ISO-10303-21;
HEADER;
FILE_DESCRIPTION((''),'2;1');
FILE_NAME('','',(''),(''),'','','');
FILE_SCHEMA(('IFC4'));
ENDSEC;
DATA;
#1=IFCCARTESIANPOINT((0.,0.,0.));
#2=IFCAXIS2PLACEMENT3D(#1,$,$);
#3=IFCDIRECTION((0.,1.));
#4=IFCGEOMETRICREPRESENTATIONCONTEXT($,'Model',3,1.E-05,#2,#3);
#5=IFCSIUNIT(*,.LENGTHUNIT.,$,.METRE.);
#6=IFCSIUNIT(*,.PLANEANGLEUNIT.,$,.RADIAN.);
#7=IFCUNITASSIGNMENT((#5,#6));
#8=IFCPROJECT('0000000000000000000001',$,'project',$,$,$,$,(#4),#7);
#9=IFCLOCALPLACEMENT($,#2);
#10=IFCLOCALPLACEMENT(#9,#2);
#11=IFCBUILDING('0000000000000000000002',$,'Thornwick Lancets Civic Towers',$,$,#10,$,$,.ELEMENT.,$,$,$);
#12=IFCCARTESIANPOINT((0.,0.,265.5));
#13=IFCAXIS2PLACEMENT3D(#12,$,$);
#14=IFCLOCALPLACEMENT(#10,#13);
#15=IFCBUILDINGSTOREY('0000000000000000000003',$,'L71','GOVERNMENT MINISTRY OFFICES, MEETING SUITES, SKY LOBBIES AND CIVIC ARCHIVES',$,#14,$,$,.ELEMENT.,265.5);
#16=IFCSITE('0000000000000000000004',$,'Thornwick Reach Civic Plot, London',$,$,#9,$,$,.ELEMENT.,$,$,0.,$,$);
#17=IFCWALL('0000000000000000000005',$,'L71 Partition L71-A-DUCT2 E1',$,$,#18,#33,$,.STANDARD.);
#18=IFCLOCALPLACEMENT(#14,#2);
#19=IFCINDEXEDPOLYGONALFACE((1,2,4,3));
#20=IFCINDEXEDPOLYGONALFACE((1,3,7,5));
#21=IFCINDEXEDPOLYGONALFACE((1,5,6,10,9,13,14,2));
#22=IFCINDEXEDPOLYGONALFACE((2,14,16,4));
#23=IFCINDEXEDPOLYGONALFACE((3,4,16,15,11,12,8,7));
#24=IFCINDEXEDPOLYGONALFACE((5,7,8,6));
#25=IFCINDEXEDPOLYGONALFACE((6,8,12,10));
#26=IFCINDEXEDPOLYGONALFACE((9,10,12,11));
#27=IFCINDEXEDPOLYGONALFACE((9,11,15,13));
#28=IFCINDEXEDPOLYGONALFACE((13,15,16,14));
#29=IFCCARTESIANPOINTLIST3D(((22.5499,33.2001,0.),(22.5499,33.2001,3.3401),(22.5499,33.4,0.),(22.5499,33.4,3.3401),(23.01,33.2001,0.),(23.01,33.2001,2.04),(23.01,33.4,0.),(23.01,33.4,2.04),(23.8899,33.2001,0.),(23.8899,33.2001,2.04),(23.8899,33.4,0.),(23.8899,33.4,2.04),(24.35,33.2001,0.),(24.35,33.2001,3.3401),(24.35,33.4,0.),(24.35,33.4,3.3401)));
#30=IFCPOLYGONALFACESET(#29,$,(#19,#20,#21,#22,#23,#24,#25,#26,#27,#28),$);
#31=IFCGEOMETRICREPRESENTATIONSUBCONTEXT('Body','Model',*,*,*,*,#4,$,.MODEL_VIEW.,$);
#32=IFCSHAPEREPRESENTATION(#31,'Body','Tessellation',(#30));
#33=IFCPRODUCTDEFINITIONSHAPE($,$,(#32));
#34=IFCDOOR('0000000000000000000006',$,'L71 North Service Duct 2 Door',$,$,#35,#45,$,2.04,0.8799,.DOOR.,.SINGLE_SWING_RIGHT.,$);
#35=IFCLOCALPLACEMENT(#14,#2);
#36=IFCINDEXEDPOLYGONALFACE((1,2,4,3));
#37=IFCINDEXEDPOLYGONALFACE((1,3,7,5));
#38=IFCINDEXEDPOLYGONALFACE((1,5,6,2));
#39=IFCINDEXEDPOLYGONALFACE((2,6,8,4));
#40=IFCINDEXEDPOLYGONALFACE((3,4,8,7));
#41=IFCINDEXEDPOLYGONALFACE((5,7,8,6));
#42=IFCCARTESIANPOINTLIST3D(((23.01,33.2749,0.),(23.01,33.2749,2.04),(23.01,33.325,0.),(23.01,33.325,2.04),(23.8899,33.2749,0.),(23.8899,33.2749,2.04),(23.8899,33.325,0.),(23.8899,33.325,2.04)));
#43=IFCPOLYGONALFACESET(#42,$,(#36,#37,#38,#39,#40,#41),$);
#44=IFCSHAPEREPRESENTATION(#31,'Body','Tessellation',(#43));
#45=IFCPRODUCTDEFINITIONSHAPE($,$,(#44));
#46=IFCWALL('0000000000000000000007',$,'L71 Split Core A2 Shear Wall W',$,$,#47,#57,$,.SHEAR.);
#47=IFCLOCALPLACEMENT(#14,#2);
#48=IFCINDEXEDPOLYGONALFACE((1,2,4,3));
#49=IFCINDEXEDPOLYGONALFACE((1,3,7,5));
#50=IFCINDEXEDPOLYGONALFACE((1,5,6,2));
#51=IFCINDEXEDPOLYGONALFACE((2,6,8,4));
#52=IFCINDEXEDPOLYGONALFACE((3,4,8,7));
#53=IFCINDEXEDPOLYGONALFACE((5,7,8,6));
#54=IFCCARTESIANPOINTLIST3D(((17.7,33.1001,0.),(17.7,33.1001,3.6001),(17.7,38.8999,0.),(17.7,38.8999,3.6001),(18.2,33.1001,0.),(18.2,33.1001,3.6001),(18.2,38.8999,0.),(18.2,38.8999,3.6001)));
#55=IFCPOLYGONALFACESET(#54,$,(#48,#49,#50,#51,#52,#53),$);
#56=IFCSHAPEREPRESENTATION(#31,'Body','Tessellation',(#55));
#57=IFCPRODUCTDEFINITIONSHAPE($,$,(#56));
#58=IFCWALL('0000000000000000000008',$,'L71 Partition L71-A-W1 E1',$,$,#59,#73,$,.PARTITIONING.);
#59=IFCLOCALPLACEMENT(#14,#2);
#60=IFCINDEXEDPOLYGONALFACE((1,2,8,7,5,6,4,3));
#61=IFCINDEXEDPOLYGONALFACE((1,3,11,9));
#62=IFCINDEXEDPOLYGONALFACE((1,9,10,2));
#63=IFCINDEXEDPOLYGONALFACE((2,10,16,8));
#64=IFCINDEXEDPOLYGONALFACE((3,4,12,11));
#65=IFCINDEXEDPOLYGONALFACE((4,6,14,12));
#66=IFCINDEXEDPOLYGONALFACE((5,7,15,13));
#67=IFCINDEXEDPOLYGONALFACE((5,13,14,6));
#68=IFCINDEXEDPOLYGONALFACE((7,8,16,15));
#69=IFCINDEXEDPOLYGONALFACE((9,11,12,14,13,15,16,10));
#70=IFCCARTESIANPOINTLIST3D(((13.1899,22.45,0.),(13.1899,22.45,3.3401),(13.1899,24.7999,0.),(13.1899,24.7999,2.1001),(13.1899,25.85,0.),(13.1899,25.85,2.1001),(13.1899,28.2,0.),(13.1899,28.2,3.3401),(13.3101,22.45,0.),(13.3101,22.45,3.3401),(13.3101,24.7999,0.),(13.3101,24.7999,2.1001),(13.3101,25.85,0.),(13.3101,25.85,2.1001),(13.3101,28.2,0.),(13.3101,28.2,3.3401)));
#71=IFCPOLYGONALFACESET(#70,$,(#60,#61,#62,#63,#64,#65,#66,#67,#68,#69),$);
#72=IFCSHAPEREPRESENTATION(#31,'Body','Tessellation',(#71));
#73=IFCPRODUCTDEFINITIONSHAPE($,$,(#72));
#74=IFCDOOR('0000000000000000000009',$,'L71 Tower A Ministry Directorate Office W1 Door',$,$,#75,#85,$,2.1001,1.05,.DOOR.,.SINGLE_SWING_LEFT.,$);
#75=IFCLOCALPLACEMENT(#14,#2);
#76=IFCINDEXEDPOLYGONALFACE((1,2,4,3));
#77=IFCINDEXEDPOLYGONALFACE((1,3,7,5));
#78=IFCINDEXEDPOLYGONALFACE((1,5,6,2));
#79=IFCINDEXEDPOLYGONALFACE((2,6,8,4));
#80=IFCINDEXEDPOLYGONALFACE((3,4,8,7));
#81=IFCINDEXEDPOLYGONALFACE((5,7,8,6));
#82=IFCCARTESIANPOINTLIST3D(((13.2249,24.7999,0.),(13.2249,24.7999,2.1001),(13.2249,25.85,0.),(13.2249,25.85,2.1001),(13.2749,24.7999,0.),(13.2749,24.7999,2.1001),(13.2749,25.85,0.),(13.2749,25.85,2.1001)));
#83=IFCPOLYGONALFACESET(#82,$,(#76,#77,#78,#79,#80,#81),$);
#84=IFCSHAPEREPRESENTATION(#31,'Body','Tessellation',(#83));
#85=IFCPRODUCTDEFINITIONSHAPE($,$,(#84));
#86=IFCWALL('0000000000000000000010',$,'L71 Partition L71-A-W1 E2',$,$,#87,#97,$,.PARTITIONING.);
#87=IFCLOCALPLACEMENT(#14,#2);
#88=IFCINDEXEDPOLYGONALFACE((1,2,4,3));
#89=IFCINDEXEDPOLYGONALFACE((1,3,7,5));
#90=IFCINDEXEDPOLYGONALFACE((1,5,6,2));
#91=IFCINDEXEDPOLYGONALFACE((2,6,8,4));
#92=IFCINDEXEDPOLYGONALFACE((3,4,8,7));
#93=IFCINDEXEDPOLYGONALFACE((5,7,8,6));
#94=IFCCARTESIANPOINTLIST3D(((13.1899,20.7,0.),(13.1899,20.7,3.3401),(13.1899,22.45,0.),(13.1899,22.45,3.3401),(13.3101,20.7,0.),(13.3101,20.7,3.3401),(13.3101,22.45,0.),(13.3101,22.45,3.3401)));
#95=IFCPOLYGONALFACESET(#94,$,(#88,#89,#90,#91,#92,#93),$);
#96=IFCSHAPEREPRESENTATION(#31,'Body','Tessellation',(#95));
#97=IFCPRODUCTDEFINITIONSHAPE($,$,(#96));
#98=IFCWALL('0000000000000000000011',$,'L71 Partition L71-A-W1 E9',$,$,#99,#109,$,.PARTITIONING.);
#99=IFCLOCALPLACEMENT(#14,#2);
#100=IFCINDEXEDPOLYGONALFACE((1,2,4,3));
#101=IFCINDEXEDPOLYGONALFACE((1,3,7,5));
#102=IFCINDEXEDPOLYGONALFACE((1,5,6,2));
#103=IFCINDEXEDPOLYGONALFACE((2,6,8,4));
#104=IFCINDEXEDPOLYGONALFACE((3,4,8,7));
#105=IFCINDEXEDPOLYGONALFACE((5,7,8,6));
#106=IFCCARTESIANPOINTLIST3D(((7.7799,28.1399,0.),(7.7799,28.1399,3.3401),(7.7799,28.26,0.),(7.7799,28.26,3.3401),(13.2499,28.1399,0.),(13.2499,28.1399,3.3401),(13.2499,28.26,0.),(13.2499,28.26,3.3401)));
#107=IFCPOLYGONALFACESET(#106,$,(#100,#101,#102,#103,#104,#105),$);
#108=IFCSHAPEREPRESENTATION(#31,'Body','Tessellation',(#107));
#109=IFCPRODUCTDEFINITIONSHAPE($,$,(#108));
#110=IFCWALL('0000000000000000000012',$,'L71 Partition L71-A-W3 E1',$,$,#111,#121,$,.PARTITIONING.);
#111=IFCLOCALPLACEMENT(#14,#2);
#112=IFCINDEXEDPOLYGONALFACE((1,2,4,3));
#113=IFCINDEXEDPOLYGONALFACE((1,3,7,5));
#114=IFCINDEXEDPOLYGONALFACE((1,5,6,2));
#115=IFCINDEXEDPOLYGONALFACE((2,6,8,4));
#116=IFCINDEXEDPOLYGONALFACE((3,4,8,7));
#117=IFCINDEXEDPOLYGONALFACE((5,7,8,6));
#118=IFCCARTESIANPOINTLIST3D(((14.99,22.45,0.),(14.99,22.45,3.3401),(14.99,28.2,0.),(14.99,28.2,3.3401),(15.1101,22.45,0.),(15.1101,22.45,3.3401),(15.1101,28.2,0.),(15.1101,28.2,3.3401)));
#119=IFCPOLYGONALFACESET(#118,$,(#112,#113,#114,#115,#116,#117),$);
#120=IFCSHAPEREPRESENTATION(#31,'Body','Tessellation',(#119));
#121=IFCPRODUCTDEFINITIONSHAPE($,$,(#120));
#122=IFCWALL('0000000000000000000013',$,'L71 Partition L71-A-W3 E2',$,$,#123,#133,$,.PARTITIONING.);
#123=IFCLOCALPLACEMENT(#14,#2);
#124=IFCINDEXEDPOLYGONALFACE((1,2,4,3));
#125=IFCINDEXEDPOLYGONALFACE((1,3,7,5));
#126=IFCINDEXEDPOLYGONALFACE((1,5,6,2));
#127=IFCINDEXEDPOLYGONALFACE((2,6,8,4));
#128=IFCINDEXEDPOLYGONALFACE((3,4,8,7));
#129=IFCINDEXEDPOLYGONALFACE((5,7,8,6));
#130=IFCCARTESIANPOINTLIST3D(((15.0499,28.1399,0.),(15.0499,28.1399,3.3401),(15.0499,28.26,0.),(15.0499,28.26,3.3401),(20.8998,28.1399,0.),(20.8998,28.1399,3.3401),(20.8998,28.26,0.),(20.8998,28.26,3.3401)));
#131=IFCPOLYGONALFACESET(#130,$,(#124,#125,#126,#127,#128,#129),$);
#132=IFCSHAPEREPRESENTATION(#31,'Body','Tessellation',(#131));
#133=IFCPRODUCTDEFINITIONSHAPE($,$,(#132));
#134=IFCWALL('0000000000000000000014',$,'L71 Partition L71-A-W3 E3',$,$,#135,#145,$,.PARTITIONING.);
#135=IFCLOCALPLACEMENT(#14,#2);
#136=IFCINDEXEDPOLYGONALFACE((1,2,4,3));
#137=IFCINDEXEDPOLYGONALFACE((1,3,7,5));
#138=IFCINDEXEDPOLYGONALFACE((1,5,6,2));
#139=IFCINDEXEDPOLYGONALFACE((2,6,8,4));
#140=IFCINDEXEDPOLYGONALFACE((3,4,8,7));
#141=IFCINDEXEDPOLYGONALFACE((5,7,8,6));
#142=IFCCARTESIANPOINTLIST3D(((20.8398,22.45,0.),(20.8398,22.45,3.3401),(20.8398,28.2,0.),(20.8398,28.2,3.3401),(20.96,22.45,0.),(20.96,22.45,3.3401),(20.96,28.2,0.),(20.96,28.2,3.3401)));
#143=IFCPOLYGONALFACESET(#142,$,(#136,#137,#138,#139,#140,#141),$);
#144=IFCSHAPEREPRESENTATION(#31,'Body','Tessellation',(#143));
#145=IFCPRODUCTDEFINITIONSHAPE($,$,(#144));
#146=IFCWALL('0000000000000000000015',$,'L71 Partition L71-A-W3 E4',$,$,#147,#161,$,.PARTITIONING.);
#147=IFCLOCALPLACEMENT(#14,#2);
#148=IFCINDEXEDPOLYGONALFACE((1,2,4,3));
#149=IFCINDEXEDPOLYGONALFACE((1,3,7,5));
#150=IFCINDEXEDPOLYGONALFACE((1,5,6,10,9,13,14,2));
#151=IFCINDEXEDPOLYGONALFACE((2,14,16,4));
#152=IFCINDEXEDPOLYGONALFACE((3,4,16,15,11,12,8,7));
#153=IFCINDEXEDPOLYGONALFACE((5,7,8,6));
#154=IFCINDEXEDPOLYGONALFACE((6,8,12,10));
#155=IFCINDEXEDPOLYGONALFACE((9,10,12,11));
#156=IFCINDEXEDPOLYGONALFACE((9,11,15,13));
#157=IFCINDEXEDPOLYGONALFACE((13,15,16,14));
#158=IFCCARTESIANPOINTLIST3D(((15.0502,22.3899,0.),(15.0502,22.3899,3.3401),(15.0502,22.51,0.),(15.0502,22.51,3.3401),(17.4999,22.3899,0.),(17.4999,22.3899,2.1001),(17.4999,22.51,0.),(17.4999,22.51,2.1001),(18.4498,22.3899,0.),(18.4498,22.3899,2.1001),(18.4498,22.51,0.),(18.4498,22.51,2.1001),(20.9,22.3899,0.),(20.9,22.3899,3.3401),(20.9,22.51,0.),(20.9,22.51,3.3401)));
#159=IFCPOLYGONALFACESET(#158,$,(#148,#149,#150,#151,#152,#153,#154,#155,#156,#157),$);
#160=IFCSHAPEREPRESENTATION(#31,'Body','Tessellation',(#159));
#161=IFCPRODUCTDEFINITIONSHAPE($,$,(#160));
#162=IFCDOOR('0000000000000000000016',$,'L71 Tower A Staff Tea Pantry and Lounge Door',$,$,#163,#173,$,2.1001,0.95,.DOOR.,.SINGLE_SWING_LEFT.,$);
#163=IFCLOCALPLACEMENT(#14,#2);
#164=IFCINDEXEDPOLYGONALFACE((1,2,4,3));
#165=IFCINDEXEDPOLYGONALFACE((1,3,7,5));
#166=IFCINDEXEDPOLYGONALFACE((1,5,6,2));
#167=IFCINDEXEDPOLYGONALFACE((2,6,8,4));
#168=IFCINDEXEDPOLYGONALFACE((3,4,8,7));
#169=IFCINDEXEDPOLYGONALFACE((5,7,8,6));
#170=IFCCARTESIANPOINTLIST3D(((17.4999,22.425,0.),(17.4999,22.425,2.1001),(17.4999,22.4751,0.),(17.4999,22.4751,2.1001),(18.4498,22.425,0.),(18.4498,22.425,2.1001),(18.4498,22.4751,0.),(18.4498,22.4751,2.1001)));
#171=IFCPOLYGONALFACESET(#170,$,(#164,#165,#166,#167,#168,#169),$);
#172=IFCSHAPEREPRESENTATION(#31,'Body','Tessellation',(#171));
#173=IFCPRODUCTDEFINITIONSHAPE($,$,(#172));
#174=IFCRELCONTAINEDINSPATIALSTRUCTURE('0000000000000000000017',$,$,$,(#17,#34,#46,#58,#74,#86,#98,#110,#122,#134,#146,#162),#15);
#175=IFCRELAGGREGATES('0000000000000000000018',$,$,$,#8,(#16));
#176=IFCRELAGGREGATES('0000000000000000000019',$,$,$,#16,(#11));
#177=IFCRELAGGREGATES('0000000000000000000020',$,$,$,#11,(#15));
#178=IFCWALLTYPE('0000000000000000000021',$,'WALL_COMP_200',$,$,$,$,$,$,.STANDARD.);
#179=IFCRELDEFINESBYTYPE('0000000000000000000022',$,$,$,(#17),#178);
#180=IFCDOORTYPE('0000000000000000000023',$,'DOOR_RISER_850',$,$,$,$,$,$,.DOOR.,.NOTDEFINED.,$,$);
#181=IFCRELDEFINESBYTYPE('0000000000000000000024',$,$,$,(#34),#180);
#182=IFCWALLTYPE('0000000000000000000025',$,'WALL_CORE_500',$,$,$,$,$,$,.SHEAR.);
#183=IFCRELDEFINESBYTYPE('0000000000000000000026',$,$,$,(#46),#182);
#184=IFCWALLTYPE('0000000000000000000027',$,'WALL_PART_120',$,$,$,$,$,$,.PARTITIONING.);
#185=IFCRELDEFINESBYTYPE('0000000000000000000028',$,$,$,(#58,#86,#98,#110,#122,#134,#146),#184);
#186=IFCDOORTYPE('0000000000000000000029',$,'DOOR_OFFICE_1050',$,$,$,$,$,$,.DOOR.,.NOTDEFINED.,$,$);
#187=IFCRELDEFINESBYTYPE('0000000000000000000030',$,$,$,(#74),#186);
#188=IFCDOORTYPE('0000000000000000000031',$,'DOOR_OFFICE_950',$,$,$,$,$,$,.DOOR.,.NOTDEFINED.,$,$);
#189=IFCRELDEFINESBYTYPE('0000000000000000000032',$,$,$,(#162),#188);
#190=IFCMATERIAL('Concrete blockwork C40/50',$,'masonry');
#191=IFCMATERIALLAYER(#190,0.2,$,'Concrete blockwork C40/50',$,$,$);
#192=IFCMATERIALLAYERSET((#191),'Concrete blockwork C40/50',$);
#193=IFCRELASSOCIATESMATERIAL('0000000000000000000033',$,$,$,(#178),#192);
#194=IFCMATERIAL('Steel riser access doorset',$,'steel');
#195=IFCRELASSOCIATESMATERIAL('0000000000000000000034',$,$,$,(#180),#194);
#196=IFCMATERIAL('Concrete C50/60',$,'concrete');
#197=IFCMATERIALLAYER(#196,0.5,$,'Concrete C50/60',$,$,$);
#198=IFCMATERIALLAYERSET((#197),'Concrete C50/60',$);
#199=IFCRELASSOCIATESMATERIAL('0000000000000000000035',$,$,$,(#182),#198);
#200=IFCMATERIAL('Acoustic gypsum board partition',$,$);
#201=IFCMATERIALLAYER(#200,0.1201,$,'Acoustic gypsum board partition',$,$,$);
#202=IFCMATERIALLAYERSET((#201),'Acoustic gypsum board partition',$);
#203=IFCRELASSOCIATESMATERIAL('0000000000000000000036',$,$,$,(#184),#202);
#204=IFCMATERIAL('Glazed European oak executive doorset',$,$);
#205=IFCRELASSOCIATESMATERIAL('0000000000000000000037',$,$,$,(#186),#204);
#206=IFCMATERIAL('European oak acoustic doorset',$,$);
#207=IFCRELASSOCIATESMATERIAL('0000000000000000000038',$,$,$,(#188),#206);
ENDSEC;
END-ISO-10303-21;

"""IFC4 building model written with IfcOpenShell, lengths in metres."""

from ifc_helpers import new_model, si_unit, direction, frame, frame_2d, origin, place, context, subcontext, project, spatial, rectangle, extrude, material, layer, layer_set, type_object, element, fill, save


model = new_model("IFC4")

# Units and contexts
model_context = context("Model", 3, precision=1e-05, world=origin(), true_north=direction((0.0, 1.0)))
body_context = subcontext(model_context, "Body", "Model", "MODEL_VIEW")
ifc_project = project(units=[si_unit("LENGTHUNIT", "METRE"), si_unit("PLANEANGLEUNIT", "RADIAN")], contexts=[model_context])

# Site, building, storey
site_placement = place(None, origin())
site = spatial("IfcSite", under=ifc_project, at=site_placement, Name="Thornwick Reach Civic Plot, London", CompositionType="ELEMENT", RefElevation=0.0)
building_placement = place(site_placement, origin())
building = spatial("IfcBuilding", under=site, at=building_placement, Name="Thornwick Lancets Civic Towers", CompositionType="ELEMENT")
storey_placement = place(building_placement, frame((0.0, 0.0, 265.5)))
storey = spatial("IfcBuildingStorey", under=building, at=storey_placement, Name="L71", Description="GOVERNMENT MINISTRY OFFICES, MEETING SUITES, SKY LOBBIES AND CIVIC ARCHIVES", CompositionType="ELEMENT", Elevation=265.5)

# Shared definitions
ifc_material_1 = material(Name="Concrete C50/60", Category="concrete")

# Wall, opening, door
ifc_material_2 = material(Name="Concrete blockwork C40/50", Category="masonry")
ifc_layer_1 = layer(ifc_material_2, 0.2, Name="Concrete blockwork C40/50")
ifc_layer_set_1 = layer_set([ifc_layer_1], Name="Concrete blockwork C40/50")
wall_type_1 = type_object("IfcWallType", Name="WALL_COMP_200", PredefinedType="STANDARD", material=ifc_layer_set_1)
wall_1_placement = place(storey_placement, frame((22.55, 33.3, 0.0), z_axis=(0.0, 0.0, 1.0), x_axis=(1.0, 0.0, 0.0)))
wall_1 = element("IfcWall", 1, at=wall_1_placement, inside=storey, type_object=wall_type_1, Name="L71 Partition L71-A-DUCT2 E1", PredefinedType="STANDARD", context=body_context, shape_type="SweptSolid", body=[
    extrude(rectangle(XDim=1.8, YDim=0.2, at=frame_2d((0.8999, 0.0))), origin(), (0.0, 0.0, 1.0), 3.3401),
])
opening_1_placement = place(wall_1_placement, frame((0.46, 0.0, 0.0)))
opening_1 = element("IfcOpeningElement", 2, at=opening_1_placement, cuts=wall_1, PredefinedType="OPENING", context=body_context, shape_type="SweptSolid", body=[
    extrude(rectangle(XDim=0.8799, YDim=2.04, at=frame_2d((0.4399, 1.02))), frame((0.0, 0.1099, 0.0), z_axis=(0.0, -1.0, 0.0), x_axis=(1.0, 0.0, 0.0)), (0.0, 0.0, 1.0), 0.22),
])
ifc_material_3 = material(Name="Steel riser access doorset", Category="steel")
door_type_1 = type_object("IfcDoorType", Name="DOOR_RISER_850", OperationType="NOTDEFINED", PredefinedType="DOOR", material=ifc_material_3)
door_1_placement = place(opening_1_placement, origin())
door_1 = element("IfcDoor", 3, at=door_1_placement, inside=storey, type_object=door_type_1, Name="L71 North Service Duct 2 Door", OperationType="SINGLE_SWING_RIGHT", OverallHeight=2.04, OverallWidth=0.8799, PredefinedType="DOOR", context=body_context, shape_type="SweptSolid", body=[
    extrude(rectangle(XDim=0.8799, YDim=2.04, at=frame_2d((0.4399, 1.02))), frame((0.0, 0.0249, 0.0), z_axis=(0.0, -1.0, 0.0), x_axis=(1.0, 0.0, 0.0)), (0.0, 0.0, 1.0), 0.05),
])
fill(opening_1, door_1)

# Wall
ifc_layer_2 = layer(ifc_material_1, 0.5, Name="Concrete C50/60")
ifc_layer_set_2 = layer_set([ifc_layer_2], Name="Concrete C50/60")
wall_type_2 = type_object("IfcWallType", Name="WALL_CORE_500", PredefinedType="SHEAR", material=ifc_layer_set_2)
wall_2_placement = place(storey_placement, frame((17.95, 33.1001, 0.0), z_axis=(0.0, 0.0, 1.0), x_axis=(0.0, 1.0, 0.0)))
element("IfcWall", 4, at=wall_2_placement, inside=storey, type_object=wall_type_2, Name="L71 Split Core A2 Shear Wall W", PredefinedType="SHEAR", context=body_context, shape_type="SweptSolid", body=[
    extrude(rectangle(XDim=5.7998, YDim=0.5, at=frame_2d((2.8999, 0.0))), origin(), (0.0, 0.0, 1.0), 3.6001),
])

# Wall, opening, door
ifc_material_4 = material(Name="Acoustic gypsum board partition")
ifc_layer_3 = layer(ifc_material_4, 0.1201, Name="Acoustic gypsum board partition")
ifc_layer_set_3 = layer_set([ifc_layer_3], Name="Acoustic gypsum board partition")
wall_type_3 = type_object("IfcWallType", Name="WALL_PART_120", PredefinedType="PARTITIONING", material=ifc_layer_set_3)
wall_3_placement = place(storey_placement, frame((13.25, 28.2, 0.0), z_axis=(0.0, 0.0, 1.0), x_axis=(0.0, -1.0, 0.0)))
wall_3 = element("IfcWall", 5, at=wall_3_placement, inside=storey, type_object=wall_type_3, Name="L71 Partition L71-A-W1 E1", PredefinedType="PARTITIONING", context=body_context, shape_type="SweptSolid", body=[
    extrude(rectangle(XDim=5.75, YDim=0.1201, at=frame_2d((2.875, 0.0))), origin(), (0.0, 0.0, 1.0), 3.3401),
])
opening_2_placement = place(wall_3_placement, frame((2.3501, 0.0, 0.0)))
opening_2 = element("IfcOpeningElement", 6, at=opening_2_placement, cuts=wall_3, PredefinedType="OPENING", context=body_context, shape_type="SweptSolid", body=[
    extrude(rectangle(XDim=1.05, YDim=2.1001, at=frame_2d((0.5249, 1.05))), frame((0.0, 0.0701, 0.0), z_axis=(0.0, -1.0, 0.0), x_axis=(1.0, 0.0, 0.0)), (0.0, 0.0, 1.0), 0.1401),
])
ifc_material_5 = material(Name="Glazed European oak executive doorset")
door_type_2 = type_object("IfcDoorType", Name="DOOR_OFFICE_1050", OperationType="NOTDEFINED", PredefinedType="DOOR", material=ifc_material_5)
door_2_placement = place(opening_2_placement, origin())
door_2 = element("IfcDoor", 7, at=door_2_placement, inside=storey, type_object=door_type_2, Name="L71 Tower A Ministry Directorate Office W1 Door", OperationType="SINGLE_SWING_LEFT", OverallHeight=2.1001, OverallWidth=1.05, PredefinedType="DOOR", context=body_context, shape_type="SweptSolid", body=[
    extrude(rectangle(XDim=1.05, YDim=2.1001, at=frame_2d((0.5249, 1.05))), frame((0.0, 0.0249, 0.0), z_axis=(0.0, -1.0, 0.0), x_axis=(1.0, 0.0, 0.0)), (0.0, 0.0, 1.0), 0.05),
])
fill(opening_2, door_2)

# Walls
wall_4_placement = place(storey_placement, frame((13.25, 22.45, 0.0), z_axis=(0.0, 0.0, 1.0), x_axis=(0.0, -1.0, 0.0)))
element("IfcWall", 8, at=wall_4_placement, inside=storey, type_object=wall_type_3, Name="L71 Partition L71-A-W1 E2", PredefinedType="PARTITIONING", context=body_context, shape_type="SweptSolid", body=[
    extrude(rectangle(XDim=1.75, YDim=0.1201, at=frame_2d((0.875, 0.0))), origin(), (0.0, 0.0, 1.0), 3.3401),
])
wall_5_placement = place(storey_placement, frame((7.78, 28.2, 0.0), z_axis=(0.0, 0.0, 1.0), x_axis=(1.0, 0.0, 0.0)))
element("IfcWall", 9, at=wall_5_placement, inside=storey, type_object=wall_type_3, Name="L71 Partition L71-A-W1 E9", PredefinedType="PARTITIONING", context=body_context, shape_type="SweptSolid", body=[
    extrude(rectangle(XDim=5.47, YDim=0.1201, at=frame_2d((2.7349, 0.0))), origin(), (0.0, 0.0, 1.0), 3.3401),
])
wall_6_placement = place(storey_placement, frame((15.05, 22.45, 0.0), z_axis=(0.0, 0.0, 1.0), x_axis=(0.0, 1.0, 0.0)))
element("IfcWall", 10, at=wall_6_placement, inside=storey, type_object=wall_type_3, Name="L71 Partition L71-A-W3 E1", PredefinedType="PARTITIONING", context=body_context, shape_type="SweptSolid", body=[
    extrude(rectangle(XDim=5.75, YDim=0.1201, at=frame_2d((2.875, 0.0))), origin(), (0.0, 0.0, 1.0), 3.3401),
])
wall_7_placement = place(storey_placement, frame((15.05, 28.2, 0.0), z_axis=(0.0, 0.0, 1.0), x_axis=(1.0, 0.0, 0.0)))
element("IfcWall", 11, at=wall_7_placement, inside=storey, type_object=wall_type_3, Name="L71 Partition L71-A-W3 E2", PredefinedType="PARTITIONING", context=body_context, shape_type="SweptSolid", body=[
    extrude(rectangle(XDim=5.8499, YDim=0.1201, at=frame_2d((2.9248, 0.0))), origin(), (0.0, 0.0, 1.0), 3.3401),
])
wall_8_placement = place(storey_placement, frame((20.8999, 28.2, 0.0), z_axis=(0.0, 0.0, 1.0), x_axis=(0.0, -1.0, 0.0)))
element("IfcWall", 12, at=wall_8_placement, inside=storey, type_object=wall_type_3, Name="L71 Partition L71-A-W3 E3", PredefinedType="PARTITIONING", context=body_context, shape_type="SweptSolid", body=[
    extrude(rectangle(XDim=5.75, YDim=0.1201, at=frame_2d((2.875, 0.0))), origin(), (0.0, 0.0, 1.0), 3.3401),
])

# Wall, opening, door
wall_9_placement = place(storey_placement, frame((20.8999, 22.45, 0.0), z_axis=(0.0, 0.0, 1.0), x_axis=(-1.0, 0.0, 0.0)))
wall_9 = element("IfcWall", 13, at=wall_9_placement, inside=storey, type_object=wall_type_3, Name="L71 Partition L71-A-W3 E4", PredefinedType="PARTITIONING", context=body_context, shape_type="SweptSolid", body=[
    extrude(rectangle(XDim=5.8499, YDim=0.1201, at=frame_2d((2.9248, 0.0))), origin(), (0.0, 0.0, 1.0), 3.3401),
])
opening_3_placement = place(wall_9_placement, frame((2.45, 0.0, 0.0)))
opening_3 = element("IfcOpeningElement", 14, at=opening_3_placement, cuts=wall_9, PredefinedType="OPENING", context=body_context, shape_type="SweptSolid", body=[
    extrude(rectangle(XDim=0.95, YDim=2.1001, at=frame_2d((0.4751, 1.05))), frame((0.0, 0.0701, 0.0), z_axis=(0.0, -1.0, 0.0), x_axis=(1.0, 0.0, 0.0)), (0.0, 0.0, 1.0), 0.1401),
])
ifc_material_6 = material(Name="European oak acoustic doorset")
door_type_3 = type_object("IfcDoorType", Name="DOOR_OFFICE_950", OperationType="NOTDEFINED", PredefinedType="DOOR", material=ifc_material_6)
door_3_placement = place(opening_3_placement, origin())
door_3 = element("IfcDoor", 15, at=door_3_placement, inside=storey, type_object=door_type_3, Name="L71 Tower A Staff Tea Pantry and Lounge Door", OperationType="SINGLE_SWING_LEFT", OverallHeight=2.1001, OverallWidth=0.95, PredefinedType="DOOR", context=body_context, shape_type="SweptSolid", body=[
    extrude(rectangle(XDim=0.95, YDim=2.1001, at=frame_2d((0.4751, 1.05))), frame((0.0, 0.0249, 0.0), z_axis=(0.0, -1.0, 0.0), x_axis=(1.0, 0.0, 0.0)), (0.0, 0.0, 1.0), 0.05),
])
fill(opening_3, door_3)

save(model, "model.ifc")
